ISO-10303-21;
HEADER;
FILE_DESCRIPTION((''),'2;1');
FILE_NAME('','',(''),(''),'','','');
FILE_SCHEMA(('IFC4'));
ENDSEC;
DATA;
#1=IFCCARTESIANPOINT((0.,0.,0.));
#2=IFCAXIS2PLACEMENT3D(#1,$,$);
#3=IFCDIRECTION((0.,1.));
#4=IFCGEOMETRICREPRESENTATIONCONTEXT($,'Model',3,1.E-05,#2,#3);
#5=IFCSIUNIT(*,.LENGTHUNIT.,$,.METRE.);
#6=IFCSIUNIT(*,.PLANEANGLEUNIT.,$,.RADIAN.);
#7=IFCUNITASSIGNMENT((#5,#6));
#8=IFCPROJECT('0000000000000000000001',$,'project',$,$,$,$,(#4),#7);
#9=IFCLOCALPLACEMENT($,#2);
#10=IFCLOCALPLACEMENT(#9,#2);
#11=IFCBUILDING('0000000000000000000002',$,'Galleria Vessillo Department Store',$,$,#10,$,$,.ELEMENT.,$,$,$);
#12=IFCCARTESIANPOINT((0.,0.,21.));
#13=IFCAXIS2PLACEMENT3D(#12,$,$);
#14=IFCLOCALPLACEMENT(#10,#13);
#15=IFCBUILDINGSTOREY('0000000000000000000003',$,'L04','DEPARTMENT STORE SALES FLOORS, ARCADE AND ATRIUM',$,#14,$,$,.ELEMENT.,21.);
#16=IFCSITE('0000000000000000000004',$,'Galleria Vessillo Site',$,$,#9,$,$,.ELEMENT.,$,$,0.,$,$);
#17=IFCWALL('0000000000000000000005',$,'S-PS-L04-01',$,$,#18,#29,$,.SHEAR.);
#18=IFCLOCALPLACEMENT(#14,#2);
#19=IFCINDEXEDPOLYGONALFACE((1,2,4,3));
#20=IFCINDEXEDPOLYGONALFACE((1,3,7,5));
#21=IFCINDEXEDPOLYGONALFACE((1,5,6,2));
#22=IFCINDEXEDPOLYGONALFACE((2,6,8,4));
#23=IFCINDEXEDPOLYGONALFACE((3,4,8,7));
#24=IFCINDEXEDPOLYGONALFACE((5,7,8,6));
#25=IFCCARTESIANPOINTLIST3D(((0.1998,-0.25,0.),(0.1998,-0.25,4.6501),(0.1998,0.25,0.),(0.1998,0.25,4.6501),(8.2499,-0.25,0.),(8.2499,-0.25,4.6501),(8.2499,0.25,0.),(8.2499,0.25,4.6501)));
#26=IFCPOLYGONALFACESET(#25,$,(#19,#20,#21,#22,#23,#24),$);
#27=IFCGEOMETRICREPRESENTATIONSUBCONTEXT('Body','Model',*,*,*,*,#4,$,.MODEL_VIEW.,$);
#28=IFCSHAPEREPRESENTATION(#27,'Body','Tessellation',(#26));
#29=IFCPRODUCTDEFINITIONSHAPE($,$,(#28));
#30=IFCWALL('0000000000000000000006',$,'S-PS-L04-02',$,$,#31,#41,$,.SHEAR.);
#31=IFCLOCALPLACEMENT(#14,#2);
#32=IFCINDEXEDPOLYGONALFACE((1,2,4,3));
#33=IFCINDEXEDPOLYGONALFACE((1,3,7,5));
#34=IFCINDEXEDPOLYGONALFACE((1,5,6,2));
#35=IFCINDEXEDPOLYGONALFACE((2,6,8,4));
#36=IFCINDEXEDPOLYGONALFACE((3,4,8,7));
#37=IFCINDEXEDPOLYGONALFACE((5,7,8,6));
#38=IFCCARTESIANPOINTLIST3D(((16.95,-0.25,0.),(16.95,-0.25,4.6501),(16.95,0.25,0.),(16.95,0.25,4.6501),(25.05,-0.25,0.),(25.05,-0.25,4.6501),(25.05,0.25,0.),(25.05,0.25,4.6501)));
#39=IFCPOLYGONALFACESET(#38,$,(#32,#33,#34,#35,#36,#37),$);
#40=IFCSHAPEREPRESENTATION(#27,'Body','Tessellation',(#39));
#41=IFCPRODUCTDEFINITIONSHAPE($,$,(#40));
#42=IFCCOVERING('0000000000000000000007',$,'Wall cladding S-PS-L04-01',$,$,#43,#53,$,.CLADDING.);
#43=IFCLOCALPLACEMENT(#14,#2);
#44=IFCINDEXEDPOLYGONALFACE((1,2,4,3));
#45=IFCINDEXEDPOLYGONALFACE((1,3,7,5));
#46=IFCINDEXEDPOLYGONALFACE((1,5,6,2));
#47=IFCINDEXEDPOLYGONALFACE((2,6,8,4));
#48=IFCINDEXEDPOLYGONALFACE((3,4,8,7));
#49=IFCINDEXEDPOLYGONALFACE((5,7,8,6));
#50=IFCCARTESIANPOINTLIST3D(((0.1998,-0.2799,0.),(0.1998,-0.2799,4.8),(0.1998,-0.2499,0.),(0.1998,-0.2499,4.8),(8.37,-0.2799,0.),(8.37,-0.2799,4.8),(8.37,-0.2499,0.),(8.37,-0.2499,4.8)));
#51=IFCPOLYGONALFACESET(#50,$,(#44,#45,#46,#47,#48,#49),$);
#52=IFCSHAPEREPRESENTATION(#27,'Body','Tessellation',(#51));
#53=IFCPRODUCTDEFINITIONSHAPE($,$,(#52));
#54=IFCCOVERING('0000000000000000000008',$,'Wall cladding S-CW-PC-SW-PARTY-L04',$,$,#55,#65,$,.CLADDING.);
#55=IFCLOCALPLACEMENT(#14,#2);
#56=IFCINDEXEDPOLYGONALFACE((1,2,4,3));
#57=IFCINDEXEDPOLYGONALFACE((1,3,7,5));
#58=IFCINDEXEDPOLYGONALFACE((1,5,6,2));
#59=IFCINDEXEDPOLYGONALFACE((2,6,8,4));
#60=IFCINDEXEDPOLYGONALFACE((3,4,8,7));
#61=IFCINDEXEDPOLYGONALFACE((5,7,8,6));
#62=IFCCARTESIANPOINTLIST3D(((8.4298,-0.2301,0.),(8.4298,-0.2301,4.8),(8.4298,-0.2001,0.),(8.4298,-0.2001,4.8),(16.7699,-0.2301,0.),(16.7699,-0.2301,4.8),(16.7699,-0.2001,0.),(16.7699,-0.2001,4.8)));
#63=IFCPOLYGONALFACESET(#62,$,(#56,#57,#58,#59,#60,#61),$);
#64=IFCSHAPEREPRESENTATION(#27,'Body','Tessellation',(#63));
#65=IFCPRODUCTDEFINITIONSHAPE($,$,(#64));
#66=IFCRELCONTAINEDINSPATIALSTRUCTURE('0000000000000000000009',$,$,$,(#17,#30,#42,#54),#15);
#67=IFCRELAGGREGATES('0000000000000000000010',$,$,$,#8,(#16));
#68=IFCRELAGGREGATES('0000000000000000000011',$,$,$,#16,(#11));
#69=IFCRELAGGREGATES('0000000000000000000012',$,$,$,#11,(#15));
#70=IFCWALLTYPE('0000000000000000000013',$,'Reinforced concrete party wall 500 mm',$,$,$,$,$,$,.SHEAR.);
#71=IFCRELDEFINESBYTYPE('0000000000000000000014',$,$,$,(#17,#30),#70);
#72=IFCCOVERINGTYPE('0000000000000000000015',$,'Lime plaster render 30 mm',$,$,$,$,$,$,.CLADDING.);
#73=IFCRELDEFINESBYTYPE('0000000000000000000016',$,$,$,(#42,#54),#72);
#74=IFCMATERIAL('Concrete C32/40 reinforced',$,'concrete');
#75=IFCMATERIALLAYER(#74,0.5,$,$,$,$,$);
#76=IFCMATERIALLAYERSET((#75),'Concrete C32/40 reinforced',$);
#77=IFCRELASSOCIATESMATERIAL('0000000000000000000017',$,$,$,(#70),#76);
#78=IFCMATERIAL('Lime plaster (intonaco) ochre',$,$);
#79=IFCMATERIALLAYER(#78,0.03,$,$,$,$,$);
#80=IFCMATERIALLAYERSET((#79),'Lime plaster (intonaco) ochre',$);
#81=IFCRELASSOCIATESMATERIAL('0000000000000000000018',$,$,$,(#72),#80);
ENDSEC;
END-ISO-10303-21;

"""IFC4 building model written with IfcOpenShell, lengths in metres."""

from ifc_helpers import new_model, si_unit, direction, frame, frame_2d, origin, origin_2d, place, context, subcontext, project, spatial, rectangle, extrude, material, layer, layer_set, type_object, element, save


model = new_model("IFC4")

# Units and contexts
model_context = context("Model", 3, precision=1e-05, world=origin(), true_north=direction((0.0, 1.0)))
body_context = subcontext(model_context, "Body", "Model", "MODEL_VIEW")
ifc_project = project(units=[si_unit("LENGTHUNIT", "METRE"), si_unit("PLANEANGLEUNIT", "RADIAN")], contexts=[model_context])

# Site, building, storey
site_placement = place(None, origin())
site = spatial("IfcSite", under=ifc_project, at=site_placement, Name="Galleria Vessillo Site", CompositionType="ELEMENT", RefElevation=0.0)
building_placement = place(site_placement, origin())
building = spatial("IfcBuilding", under=site, at=building_placement, Name="Galleria Vessillo Department Store", CompositionType="ELEMENT")
storey_placement = place(building_placement, frame((0.0, 0.0, 21.0)))
storey = spatial("IfcBuildingStorey", under=building, at=storey_placement, Name="L04", Description="DEPARTMENT STORE SALES FLOORS, ARCADE AND ATRIUM", CompositionType="ELEMENT", Elevation=21.0)

# Walls
ifc_material_1 = material(Name="Concrete C32/40 reinforced", Category="concrete")
ifc_layer_1 = layer(ifc_material_1, 0.5)
ifc_layer_set_1 = layer_set([ifc_layer_1], Name="Concrete C32/40 reinforced")
wall_type_1 = type_object("IfcWallType", Name="Reinforced concrete party wall 500 mm", PredefinedType="SHEAR", material=ifc_layer_set_1)
wall_1_placement = place(storey_placement, frame((0.2, 0.0, 0.0), z_axis=(0.0, 0.0, 1.0), x_axis=(1.0, 0.0, 0.0)))
element("IfcWall", 1, at=wall_1_placement, inside=storey, type_object=wall_type_1, Name="S-PS-L04-01", PredefinedType="SHEAR", context=body_context, shape_type="SweptSolid", body=[
    extrude(rectangle(XDim=8.05, YDim=0.5, at=frame_2d((4.0249, 0.0))), origin(), (0.0, 0.0, 1.0), 4.6501),
])
wall_2_placement = place(storey_placement, frame((16.95, 0.0, 0.0), z_axis=(0.0, 0.0, 1.0), x_axis=(1.0, 0.0, 0.0)))
element("IfcWall", 2, at=wall_2_placement, inside=storey, type_object=wall_type_1, Name="S-PS-L04-02", PredefinedType="SHEAR", context=body_context, shape_type="SweptSolid", body=[
    extrude(rectangle(XDim=8.1001, YDim=0.5, at=frame_2d((4.05, 0.0))), origin(), (0.0, 0.0, 1.0), 4.6501),
])

# Coverings
ifc_material_2 = material(Name="Lime plaster (intonaco) ochre")
ifc_layer_2 = layer(ifc_material_2, 0.03)
ifc_layer_set_2 = layer_set([ifc_layer_2], Name="Lime plaster (intonaco) ochre")
covering_type = type_object("IfcCoveringType", Name="Lime plaster render 30 mm", PredefinedType="CLADDING", material=ifc_layer_set_2)
covering_1_placement = place(storey_placement, frame((4.2849, -0.2649, 0.0), z_axis=(0.0, 0.0, 1.0), x_axis=(1.0, 0.0, 0.0)))
element("IfcCovering", 3, at=covering_1_placement, inside=storey, type_object=covering_type, Name="Wall cladding S-PS-L04-01", PredefinedType="CLADDING", context=body_context, shape_type="SweptSolid", body=[
    extrude(rectangle(XDim=8.1702, YDim=0.03, at=origin_2d()), origin(), (0.0, 0.0, 1.0), 4.8),
])
covering_2_placement = place(storey_placement, frame((12.5999, -0.2151, 0.0), z_axis=(0.0, 0.0, 1.0), x_axis=(1.0, 0.0, 0.0)))
element("IfcCovering", 4, at=covering_2_placement, inside=storey, type_object=covering_type, Name="Wall cladding S-CW-PC-SW-PARTY-L04", PredefinedType="CLADDING", context=body_context, shape_type="SweptSolid", body=[
    extrude(rectangle(XDim=8.3401, YDim=0.03, at=origin_2d()), origin(), (0.0, 0.0, 1.0), 4.8),
])

save(model, "model.ifc")
